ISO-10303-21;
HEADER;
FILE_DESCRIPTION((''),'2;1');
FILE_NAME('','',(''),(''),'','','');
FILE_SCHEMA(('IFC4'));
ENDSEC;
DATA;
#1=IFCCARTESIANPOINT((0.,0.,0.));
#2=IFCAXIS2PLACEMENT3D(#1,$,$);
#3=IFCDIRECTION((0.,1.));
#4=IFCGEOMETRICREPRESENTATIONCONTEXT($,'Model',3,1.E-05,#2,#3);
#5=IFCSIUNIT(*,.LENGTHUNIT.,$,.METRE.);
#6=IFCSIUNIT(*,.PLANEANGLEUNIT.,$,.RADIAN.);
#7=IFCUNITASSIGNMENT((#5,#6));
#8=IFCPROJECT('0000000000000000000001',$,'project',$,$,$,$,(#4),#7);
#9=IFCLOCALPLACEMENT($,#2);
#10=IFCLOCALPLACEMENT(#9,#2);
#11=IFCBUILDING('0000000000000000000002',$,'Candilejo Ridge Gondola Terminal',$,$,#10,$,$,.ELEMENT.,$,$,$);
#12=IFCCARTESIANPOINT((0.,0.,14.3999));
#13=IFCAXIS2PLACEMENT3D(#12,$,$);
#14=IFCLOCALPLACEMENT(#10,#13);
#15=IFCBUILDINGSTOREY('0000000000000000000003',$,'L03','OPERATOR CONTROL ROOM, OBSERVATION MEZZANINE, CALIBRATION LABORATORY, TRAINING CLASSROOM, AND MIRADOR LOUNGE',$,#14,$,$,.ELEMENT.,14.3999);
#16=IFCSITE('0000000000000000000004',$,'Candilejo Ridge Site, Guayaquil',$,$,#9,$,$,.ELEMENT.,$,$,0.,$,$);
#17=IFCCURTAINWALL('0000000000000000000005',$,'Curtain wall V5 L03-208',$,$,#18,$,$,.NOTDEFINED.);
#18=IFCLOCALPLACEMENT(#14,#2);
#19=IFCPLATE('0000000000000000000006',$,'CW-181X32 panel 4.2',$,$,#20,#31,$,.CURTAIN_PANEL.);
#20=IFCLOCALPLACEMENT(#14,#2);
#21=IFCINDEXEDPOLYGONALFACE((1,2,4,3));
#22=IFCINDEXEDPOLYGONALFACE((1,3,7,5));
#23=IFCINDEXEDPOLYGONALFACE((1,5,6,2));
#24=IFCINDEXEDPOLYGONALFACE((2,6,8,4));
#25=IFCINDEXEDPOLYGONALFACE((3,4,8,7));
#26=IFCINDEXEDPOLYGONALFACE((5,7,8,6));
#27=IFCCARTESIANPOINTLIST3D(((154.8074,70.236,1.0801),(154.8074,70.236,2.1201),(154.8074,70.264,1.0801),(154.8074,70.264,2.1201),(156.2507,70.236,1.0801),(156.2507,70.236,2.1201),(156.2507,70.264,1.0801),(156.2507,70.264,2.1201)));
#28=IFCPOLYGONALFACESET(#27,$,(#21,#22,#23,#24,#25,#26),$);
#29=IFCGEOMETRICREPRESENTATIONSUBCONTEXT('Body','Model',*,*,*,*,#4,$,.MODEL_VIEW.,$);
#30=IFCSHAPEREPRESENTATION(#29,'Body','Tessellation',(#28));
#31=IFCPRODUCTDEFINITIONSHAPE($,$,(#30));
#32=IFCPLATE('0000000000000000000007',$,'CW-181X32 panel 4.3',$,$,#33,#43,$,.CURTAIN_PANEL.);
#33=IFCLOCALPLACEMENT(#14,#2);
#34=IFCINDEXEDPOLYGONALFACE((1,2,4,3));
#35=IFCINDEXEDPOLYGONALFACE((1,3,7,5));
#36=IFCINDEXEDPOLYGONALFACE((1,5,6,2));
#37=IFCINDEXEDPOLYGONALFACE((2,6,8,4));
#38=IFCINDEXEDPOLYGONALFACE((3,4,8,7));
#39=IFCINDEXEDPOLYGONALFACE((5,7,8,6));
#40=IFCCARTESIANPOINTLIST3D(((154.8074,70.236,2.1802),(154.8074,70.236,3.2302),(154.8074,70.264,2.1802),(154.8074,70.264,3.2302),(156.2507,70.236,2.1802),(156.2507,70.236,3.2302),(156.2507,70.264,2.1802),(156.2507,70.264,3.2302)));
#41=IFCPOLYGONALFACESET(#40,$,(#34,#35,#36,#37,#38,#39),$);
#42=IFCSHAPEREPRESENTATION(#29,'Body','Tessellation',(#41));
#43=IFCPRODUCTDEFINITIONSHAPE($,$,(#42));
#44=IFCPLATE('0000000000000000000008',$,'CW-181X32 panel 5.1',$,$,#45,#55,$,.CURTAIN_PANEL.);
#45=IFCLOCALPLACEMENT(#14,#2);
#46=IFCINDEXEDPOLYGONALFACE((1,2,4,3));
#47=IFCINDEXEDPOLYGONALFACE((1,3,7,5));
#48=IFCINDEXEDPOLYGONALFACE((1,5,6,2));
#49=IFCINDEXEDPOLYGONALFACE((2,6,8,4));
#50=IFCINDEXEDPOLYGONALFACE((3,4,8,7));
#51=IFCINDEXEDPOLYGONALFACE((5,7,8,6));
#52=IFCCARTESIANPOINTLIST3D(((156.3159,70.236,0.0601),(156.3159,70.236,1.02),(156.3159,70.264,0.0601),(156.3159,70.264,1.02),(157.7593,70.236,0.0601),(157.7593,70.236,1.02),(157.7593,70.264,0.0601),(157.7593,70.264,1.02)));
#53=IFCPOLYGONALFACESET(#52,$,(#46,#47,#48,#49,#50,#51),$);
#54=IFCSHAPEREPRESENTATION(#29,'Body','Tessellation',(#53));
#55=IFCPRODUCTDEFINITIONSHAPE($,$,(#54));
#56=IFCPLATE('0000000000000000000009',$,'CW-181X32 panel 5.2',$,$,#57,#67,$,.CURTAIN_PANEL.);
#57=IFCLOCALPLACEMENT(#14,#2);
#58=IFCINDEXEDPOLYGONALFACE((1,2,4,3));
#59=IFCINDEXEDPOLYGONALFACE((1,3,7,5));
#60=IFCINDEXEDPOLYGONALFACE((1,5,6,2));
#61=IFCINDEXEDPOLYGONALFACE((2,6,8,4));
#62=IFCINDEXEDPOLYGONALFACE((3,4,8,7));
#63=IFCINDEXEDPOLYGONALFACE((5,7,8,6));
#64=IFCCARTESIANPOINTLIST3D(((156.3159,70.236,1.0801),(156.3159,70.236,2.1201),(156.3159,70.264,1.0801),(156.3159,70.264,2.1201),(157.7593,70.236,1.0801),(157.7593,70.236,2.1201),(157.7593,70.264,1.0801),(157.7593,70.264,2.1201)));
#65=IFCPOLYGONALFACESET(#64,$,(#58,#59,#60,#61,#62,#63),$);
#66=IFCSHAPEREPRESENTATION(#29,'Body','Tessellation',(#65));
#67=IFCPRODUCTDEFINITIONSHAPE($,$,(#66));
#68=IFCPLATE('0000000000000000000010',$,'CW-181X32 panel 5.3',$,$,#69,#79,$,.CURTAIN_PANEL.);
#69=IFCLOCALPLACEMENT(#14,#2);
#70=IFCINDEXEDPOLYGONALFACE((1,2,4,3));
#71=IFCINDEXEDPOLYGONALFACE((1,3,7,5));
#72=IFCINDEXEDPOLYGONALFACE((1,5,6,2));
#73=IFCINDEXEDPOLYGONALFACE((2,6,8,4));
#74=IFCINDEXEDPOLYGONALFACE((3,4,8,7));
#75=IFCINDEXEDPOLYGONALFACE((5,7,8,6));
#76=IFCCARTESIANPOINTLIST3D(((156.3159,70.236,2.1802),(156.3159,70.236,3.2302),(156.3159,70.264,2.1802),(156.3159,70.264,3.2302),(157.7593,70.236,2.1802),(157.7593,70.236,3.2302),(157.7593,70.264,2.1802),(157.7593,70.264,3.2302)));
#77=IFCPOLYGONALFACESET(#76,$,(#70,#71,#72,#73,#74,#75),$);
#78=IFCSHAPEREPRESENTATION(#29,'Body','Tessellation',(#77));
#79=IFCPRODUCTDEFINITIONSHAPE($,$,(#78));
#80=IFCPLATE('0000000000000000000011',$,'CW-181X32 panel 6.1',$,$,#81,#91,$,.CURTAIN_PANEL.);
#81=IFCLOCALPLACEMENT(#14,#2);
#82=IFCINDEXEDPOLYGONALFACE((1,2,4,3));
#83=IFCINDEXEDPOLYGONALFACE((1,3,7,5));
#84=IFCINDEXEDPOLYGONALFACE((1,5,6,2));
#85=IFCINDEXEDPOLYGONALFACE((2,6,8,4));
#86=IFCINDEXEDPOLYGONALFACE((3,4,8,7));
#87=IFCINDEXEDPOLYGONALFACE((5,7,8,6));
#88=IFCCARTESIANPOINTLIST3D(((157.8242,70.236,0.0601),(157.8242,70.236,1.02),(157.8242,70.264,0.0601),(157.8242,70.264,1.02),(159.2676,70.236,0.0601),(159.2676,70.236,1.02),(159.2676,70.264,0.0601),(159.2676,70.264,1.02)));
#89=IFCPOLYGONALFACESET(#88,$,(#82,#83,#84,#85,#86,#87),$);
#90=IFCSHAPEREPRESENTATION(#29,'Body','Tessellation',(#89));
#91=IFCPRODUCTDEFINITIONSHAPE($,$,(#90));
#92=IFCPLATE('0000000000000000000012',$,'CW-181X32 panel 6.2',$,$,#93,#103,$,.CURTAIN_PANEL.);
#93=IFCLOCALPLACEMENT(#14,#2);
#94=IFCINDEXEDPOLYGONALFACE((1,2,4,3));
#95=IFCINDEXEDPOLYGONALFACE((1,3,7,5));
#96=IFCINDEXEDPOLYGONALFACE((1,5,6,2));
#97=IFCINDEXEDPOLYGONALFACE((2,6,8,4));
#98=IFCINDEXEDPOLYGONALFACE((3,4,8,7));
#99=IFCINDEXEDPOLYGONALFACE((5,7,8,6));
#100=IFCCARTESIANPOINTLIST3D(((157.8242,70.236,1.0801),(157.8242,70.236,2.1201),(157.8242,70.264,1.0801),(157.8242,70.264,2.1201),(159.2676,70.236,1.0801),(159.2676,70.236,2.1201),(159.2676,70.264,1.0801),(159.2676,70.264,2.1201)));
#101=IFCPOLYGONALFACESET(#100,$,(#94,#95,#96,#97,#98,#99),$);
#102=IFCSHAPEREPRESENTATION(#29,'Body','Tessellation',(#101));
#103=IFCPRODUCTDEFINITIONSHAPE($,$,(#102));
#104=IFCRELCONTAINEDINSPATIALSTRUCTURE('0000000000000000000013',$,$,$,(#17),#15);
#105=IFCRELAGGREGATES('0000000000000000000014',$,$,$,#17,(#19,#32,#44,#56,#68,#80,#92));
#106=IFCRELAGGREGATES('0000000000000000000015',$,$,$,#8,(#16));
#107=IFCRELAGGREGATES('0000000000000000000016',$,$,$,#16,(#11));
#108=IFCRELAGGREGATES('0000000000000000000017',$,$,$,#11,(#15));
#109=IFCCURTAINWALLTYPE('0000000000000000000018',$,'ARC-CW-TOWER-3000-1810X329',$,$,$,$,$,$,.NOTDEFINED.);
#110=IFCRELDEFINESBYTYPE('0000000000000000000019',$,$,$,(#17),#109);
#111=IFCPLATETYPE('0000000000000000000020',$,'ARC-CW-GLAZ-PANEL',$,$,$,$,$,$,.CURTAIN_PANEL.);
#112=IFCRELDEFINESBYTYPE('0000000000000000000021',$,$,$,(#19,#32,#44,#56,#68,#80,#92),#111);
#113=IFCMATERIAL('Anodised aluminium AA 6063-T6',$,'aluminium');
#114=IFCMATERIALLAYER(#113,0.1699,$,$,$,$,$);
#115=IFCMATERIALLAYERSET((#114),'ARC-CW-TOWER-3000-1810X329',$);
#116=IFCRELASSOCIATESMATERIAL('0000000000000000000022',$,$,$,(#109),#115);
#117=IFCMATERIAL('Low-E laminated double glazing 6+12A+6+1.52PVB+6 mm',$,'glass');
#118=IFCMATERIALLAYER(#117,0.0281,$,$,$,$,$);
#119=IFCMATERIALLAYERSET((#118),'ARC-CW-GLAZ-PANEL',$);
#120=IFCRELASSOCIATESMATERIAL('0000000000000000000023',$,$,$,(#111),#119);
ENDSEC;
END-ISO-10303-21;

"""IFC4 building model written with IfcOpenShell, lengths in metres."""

from ifc_helpers import new_model, si_unit, direction, frame, origin, origin_2d, place, context, subcontext, project, spatial, rectangle, extrude, material, layer, layer_set, type_object, element, aggregate, save


model = new_model("IFC4")

# Units and contexts
model_context = context("Model", 3, precision=1e-05, world=origin(), true_north=direction((0.0, 1.0)))
body_context = subcontext(model_context, "Body", "Model", "MODEL_VIEW")
ifc_project = project(units=[si_unit("LENGTHUNIT", "METRE"), si_unit("PLANEANGLEUNIT", "RADIAN")], contexts=[model_context])

# Site, building, storey
site_placement = place(None, origin())
site = spatial("IfcSite", under=ifc_project, at=site_placement, Name="Candilejo Ridge Site, Guayaquil", CompositionType="ELEMENT", RefElevation=0.0)
building_placement = place(site_placement, origin())
building = spatial("IfcBuilding", under=site, at=building_placement, Name="Candilejo Ridge Gondola Terminal", CompositionType="ELEMENT")
storey_placement = place(building_placement, frame((0.0, 0.0, 14.3999)))
storey = spatial("IfcBuildingStorey", under=building, at=storey_placement, Name="L03", Description="OPERATOR CONTROL ROOM, OBSERVATION MEZZANINE, CALIBRATION LABORATORY, TRAINING CLASSROOM, AND MIRADOR LOUNGE", CompositionType="ELEMENT", Elevation=14.3999)

# Curtain wall, plates
ifc_material_1 = material(Name="Anodised aluminium AA 6063-T6", Category="aluminium")
ifc_layer_1 = layer(ifc_material_1, 0.1699)
ifc_layer_set_1 = layer_set([ifc_layer_1], Name="ARC-CW-TOWER-3000-1810X329")
curtain_wall_type = type_object("IfcCurtainWallType", Name="ARC-CW-TOWER-3000-1810X329", PredefinedType="NOTDEFINED", material=ifc_layer_set_1)
curtain_wall_placement = place(storey_placement, origin())
curtain_wall = element("IfcCurtainWall", 1, at=curtain_wall_placement, inside=storey, type_object=curtain_wall_type, Name="Curtain wall V5 L03-208", PredefinedType="NOTDEFINED")
ifc_material_2 = material(Name="Low-E laminated double glazing 6+12A+6+1.52PVB+6 mm", Category="glass")
ifc_layer_2 = layer(ifc_material_2, 0.0281)
ifc_layer_set_2 = layer_set([ifc_layer_2], Name="ARC-CW-GLAZ-PANEL")
plate_type = type_object("IfcPlateType", Name="ARC-CW-GLAZ-PANEL", PredefinedType="CURTAIN_PANEL", material=ifc_layer_set_2)
plate_1_placement = place(storey_placement, frame((155.5291, 70.25, 1.0801), z_axis=(0.0, 0.0, 1.0), x_axis=(1.0, 0.0, 0.0)))
plate_1 = element("IfcPlate", 2, at=plate_1_placement, type_object=plate_type, Name="CW-181X32 panel 4.2", PredefinedType="CURTAIN_PANEL", context=body_context, shape_type="SweptSolid", body=[
    extrude(rectangle(XDim=1.4434, YDim=0.0281, at=origin_2d()), origin(), (0.0, 0.0, 1.0), 1.04),
])
plate_2_placement = place(storey_placement, frame((155.5291, 70.25, 2.1802), z_axis=(0.0, 0.0, 1.0), x_axis=(1.0, 0.0, 0.0)))
plate_2 = element("IfcPlate", 3, at=plate_2_placement, type_object=plate_type, Name="CW-181X32 panel 4.3", PredefinedType="CURTAIN_PANEL", context=body_context, shape_type="SweptSolid", body=[
    extrude(rectangle(XDim=1.4434, YDim=0.0281, at=origin_2d()), origin(), (0.0, 0.0, 1.0), 1.05),
])
plate_3_placement = place(storey_placement, frame((157.0376, 70.25, 0.0601), z_axis=(0.0, 0.0, 1.0), x_axis=(1.0, 0.0, 0.0)))
plate_3 = element("IfcPlate", 4, at=plate_3_placement, type_object=plate_type, Name="CW-181X32 panel 5.1", PredefinedType="CURTAIN_PANEL", context=body_context, shape_type="SweptSolid", body=[
    extrude(rectangle(XDim=1.4434, YDim=0.0281, at=origin_2d()), origin(), (0.0, 0.0, 1.0), 0.96),
])
plate_4_placement = place(storey_placement, frame((157.0376, 70.25, 1.0801), z_axis=(0.0, 0.0, 1.0), x_axis=(1.0, 0.0, 0.0)))
plate_4 = element("IfcPlate", 5, at=plate_4_placement, type_object=plate_type, Name="CW-181X32 panel 5.2", PredefinedType="CURTAIN_PANEL", context=body_context, shape_type="SweptSolid", body=[
    extrude(rectangle(XDim=1.4434, YDim=0.0281, at=origin_2d()), origin(), (0.0, 0.0, 1.0), 1.04),
])
plate_5_placement = place(storey_placement, frame((157.0376, 70.25, 2.1802), z_axis=(0.0, 0.0, 1.0), x_axis=(1.0, 0.0, 0.0)))
plate_5 = element("IfcPlate", 6, at=plate_5_placement, type_object=plate_type, Name="CW-181X32 panel 5.3", PredefinedType="CURTAIN_PANEL", context=body_context, shape_type="SweptSolid", body=[
    extrude(rectangle(XDim=1.4434, YDim=0.0281, at=origin_2d()), origin(), (0.0, 0.0, 1.0), 1.05),
])
plate_6_placement = place(storey_placement, frame((158.5459, 70.25, 0.0601), z_axis=(0.0, 0.0, 1.0), x_axis=(1.0, 0.0, 0.0)))
plate_6 = element("IfcPlate", 7, at=plate_6_placement, type_object=plate_type, Name="CW-181X32 panel 6.1", PredefinedType="CURTAIN_PANEL", context=body_context, shape_type="SweptSolid", body=[
    extrude(rectangle(XDim=1.4434, YDim=0.0281, at=origin_2d()), origin(), (0.0, 0.0, 1.0), 0.96),
])
plate_7_placement = place(storey_placement, frame((158.5459, 70.25, 1.0801), z_axis=(0.0, 0.0, 1.0), x_axis=(1.0, 0.0, 0.0)))
plate_7 = element("IfcPlate", 8, at=plate_7_placement, type_object=plate_type, Name="CW-181X32 panel 6.2", PredefinedType="CURTAIN_PANEL", context=body_context, shape_type="SweptSolid", body=[
    extrude(rectangle(XDim=1.4434, YDim=0.0281, at=origin_2d()), origin(), (0.0, 0.0, 1.0), 1.04),
])
aggregate(curtain_wall, [plate_1, plate_2, plate_3, plate_4, plate_5, plate_6, plate_7])

save(model, "model.ifc")
